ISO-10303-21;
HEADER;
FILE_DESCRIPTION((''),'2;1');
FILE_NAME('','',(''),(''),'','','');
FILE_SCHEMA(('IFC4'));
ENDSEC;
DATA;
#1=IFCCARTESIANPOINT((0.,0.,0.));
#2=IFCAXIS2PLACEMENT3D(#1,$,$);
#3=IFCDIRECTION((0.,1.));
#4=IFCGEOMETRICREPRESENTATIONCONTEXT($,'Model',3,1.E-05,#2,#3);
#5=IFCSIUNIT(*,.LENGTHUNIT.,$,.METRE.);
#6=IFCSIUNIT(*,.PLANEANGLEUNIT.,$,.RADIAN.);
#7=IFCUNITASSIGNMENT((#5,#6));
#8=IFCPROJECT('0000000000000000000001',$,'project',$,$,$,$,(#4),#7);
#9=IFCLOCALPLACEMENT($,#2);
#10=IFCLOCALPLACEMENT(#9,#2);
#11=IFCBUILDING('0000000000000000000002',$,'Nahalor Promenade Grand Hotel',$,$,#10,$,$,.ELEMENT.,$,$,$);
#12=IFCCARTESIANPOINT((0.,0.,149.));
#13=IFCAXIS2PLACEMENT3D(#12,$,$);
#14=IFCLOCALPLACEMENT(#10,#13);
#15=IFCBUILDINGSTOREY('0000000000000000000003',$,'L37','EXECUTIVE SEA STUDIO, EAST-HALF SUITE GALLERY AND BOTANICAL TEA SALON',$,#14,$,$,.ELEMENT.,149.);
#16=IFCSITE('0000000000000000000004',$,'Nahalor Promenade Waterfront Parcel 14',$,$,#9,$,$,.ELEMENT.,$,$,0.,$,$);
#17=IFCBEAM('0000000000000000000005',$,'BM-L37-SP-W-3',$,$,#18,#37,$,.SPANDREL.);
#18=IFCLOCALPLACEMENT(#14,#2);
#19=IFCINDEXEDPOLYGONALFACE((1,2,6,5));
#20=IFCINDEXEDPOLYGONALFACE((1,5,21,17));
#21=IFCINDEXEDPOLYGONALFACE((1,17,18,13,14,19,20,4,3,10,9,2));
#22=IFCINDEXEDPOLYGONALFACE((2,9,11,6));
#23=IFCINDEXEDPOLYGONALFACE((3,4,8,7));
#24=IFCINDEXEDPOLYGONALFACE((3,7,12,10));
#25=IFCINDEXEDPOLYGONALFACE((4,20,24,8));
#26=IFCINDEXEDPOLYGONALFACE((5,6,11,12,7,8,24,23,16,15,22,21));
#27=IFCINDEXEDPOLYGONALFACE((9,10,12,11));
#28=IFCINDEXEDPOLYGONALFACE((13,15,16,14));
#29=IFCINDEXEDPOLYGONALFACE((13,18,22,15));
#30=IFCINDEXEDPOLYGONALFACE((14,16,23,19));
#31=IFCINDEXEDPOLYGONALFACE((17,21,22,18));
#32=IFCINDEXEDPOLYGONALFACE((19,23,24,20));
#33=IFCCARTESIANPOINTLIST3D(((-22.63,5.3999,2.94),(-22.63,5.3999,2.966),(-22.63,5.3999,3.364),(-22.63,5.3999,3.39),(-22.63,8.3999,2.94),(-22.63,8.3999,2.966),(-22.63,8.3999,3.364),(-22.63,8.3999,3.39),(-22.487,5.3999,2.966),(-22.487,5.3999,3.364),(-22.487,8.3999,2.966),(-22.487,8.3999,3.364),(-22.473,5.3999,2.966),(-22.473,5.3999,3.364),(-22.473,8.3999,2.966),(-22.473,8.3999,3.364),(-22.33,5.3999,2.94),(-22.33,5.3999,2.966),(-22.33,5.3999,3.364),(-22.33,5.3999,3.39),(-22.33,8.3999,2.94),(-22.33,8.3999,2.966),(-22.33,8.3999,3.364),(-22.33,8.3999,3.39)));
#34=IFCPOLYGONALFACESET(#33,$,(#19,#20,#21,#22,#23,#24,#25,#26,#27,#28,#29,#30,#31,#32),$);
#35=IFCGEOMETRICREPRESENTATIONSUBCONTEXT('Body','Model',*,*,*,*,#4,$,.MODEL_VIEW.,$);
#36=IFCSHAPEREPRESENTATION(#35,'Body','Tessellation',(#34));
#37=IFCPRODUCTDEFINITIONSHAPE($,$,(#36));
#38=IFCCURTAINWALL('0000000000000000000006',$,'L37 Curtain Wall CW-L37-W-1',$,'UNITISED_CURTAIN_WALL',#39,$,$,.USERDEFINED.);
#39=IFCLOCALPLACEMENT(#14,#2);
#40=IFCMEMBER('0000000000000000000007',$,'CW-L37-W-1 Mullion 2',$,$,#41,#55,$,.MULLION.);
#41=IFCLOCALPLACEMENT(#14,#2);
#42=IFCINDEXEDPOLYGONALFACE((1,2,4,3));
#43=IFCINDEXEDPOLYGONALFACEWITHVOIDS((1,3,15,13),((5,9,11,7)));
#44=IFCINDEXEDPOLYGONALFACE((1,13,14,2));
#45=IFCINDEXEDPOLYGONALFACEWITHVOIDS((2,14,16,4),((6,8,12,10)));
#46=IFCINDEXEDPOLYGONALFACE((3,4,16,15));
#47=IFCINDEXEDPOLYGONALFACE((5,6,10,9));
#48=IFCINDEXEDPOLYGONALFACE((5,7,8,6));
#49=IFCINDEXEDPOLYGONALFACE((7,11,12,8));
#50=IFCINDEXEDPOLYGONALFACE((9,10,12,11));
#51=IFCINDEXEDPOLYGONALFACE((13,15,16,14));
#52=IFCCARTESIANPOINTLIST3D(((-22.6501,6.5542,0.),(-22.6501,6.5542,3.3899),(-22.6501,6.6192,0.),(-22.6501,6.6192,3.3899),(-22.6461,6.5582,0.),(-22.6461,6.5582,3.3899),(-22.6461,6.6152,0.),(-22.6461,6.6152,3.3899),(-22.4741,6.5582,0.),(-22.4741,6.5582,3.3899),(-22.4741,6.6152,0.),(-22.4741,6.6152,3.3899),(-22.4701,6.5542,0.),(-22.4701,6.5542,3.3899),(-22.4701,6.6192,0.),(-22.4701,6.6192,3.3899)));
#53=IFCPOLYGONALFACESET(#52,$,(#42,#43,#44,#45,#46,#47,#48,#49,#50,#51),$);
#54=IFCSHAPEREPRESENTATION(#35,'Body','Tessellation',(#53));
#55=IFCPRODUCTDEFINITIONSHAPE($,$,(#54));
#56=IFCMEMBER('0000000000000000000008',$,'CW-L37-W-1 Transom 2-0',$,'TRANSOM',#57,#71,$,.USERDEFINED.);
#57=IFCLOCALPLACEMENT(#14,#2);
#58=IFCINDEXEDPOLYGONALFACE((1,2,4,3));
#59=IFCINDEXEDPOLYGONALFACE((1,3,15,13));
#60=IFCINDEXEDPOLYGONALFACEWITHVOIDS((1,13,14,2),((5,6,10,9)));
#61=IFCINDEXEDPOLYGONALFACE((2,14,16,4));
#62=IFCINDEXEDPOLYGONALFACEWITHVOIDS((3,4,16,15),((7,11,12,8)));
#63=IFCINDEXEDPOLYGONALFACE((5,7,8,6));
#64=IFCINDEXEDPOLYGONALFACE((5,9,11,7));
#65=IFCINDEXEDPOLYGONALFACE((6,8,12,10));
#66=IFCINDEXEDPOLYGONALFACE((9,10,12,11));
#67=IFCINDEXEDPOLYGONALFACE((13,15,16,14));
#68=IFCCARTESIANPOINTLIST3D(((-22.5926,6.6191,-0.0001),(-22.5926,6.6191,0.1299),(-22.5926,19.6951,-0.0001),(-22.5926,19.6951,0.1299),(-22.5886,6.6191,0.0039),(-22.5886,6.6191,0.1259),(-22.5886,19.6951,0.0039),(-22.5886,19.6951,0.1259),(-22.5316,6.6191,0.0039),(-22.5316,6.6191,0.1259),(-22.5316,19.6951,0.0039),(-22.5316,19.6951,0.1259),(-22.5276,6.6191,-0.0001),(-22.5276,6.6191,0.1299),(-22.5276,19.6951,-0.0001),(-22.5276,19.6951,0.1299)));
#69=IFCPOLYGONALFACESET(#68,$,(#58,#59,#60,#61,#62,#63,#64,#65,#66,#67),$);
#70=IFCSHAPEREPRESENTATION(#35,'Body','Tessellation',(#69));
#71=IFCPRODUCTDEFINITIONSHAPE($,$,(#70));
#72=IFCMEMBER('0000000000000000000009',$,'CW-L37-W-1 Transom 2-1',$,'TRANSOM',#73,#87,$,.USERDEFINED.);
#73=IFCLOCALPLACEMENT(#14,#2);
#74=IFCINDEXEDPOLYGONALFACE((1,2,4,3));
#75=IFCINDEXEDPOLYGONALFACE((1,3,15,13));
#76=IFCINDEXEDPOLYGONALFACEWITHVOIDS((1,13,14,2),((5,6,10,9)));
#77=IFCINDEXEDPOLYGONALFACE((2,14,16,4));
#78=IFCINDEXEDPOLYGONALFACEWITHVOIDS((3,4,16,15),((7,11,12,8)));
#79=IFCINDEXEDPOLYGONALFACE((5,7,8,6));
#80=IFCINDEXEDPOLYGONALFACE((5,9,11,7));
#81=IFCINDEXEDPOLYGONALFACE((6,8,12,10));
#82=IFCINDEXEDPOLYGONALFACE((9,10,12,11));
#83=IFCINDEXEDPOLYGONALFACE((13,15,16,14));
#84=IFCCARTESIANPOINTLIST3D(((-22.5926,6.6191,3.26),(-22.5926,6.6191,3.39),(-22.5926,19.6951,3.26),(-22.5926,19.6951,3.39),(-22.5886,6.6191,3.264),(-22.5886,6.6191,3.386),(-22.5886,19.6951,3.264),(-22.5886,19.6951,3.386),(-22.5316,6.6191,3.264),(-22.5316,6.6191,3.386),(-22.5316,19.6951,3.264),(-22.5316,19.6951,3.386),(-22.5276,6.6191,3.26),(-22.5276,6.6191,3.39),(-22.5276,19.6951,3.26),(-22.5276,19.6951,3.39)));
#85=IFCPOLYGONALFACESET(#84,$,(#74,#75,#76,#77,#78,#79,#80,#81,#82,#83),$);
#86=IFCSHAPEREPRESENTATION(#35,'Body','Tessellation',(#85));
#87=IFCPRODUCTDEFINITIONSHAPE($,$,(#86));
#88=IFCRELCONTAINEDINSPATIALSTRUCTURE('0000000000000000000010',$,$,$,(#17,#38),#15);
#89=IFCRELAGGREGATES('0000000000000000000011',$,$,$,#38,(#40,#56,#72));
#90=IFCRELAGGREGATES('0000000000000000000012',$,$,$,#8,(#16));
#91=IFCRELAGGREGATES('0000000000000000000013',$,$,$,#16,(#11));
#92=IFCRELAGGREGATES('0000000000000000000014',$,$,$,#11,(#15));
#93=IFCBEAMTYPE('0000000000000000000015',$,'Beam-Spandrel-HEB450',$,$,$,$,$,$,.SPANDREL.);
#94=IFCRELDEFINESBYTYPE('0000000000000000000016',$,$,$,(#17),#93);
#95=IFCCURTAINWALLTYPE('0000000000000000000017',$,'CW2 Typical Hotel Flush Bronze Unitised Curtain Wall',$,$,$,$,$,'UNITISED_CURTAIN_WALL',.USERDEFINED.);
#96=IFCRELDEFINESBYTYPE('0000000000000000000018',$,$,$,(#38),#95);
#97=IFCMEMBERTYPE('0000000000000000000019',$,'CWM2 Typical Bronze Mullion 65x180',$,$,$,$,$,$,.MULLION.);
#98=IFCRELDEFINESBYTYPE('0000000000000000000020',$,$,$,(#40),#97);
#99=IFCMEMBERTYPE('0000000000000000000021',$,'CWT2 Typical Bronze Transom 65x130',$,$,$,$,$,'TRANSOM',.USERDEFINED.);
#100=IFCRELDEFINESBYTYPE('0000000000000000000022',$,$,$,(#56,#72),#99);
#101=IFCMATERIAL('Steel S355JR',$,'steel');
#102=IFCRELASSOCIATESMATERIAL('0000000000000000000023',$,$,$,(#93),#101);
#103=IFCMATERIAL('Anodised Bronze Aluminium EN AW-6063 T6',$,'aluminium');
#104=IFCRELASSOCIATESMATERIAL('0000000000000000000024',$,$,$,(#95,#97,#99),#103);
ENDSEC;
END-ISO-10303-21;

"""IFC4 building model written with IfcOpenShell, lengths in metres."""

from ifc_helpers import new_model, si_unit, direction, frame, origin, origin_2d, place, context, subcontext, project, spatial, hollow_rectangle, i_section, extrude, source, transform, mapped, material, material_profile, profile_set, type_object, element, aggregate, save


model = new_model("IFC4")

# Units and contexts
model_context = context("Model", 3, precision=1e-05, world=origin(), true_north=direction((0.0, 1.0)))
body_context = subcontext(model_context, "Body", "Model", "MODEL_VIEW")
ifc_project = project(units=[si_unit("LENGTHUNIT", "METRE"), si_unit("PLANEANGLEUNIT", "RADIAN")], contexts=[model_context])

# Site, building, storey
site_placement = place(None, origin())
site = spatial("IfcSite", under=ifc_project, at=site_placement, Name="Nahalor Promenade Waterfront Parcel 14", CompositionType="ELEMENT", RefElevation=0.0)
building_placement = place(site_placement, origin())
building = spatial("IfcBuilding", under=site, at=building_placement, Name="Nahalor Promenade Grand Hotel", CompositionType="ELEMENT")
storey_placement = place(building_placement, frame((0.0, 0.0, 149.0)))
storey = spatial("IfcBuildingStorey", under=building, at=storey_placement, Name="L37", Description="EXECUTIVE SEA STUDIO, EAST-HALF SUITE GALLERY AND BOTANICAL TEA SALON", CompositionType="ELEMENT", Elevation=149.0)

# Beam
ifc_material_1 = material(Name="Steel S355JR", Category="steel")
ifc_material_profile_1 = material_profile(ifc_material_1, i_section(OverallWidth=0.3, OverallDepth=0.45, WebThickness=0.014, FlangeThickness=0.026, at=origin_2d()), Name="HEB 450")
ifc_profile_set_1 = profile_set([ifc_material_profile_1], Name="Steel S355JR")
beam_type_1 = type_object("IfcBeamType", Name="Beam-Spandrel-HEB450", PredefinedType="SPANDREL", material=ifc_profile_set_1)
shared_shape_1 = source(origin(), body_context, "Body", "SweptSolid", [
    extrude(i_section(OverallWidth=0.3, OverallDepth=0.45, WebThickness=0.014, FlangeThickness=0.026, at=origin_2d()), origin(), (0.0, 0.0, 1.0), 3.0),
])
beam_1_placement = place(storey_placement, frame((-22.48, 5.3999, 3.165), z_axis=(0.0, 1.0, 0.0), x_axis=(-1.0, 0.0, 0.0)))
element("IfcBeam", 1, at=beam_1_placement, inside=storey, type_object=beam_type_1, Name="BM-L37-SP-W-3", PredefinedType="SPANDREL", context=body_context, shape_type="MappedRepresentation", body=[
    mapped(shared_shape_1, transform((0.0, 0.0, 0.0), scale=1.0)),
])

# Curtain wall, members
ifc_material_2 = material(Name="Anodised Bronze Aluminium EN AW-6063 T6", Category="aluminium")
curtain_wall_type = type_object("IfcCurtainWallType", Name="CW2 Typical Hotel Flush Bronze Unitised Curtain Wall", ElementType="UNITISED_CURTAIN_WALL", PredefinedType="USERDEFINED", material=ifc_material_2)
curtain_wall_placement = place(storey_placement, origin())
curtain_wall = element("IfcCurtainWall", 2, at=curtain_wall_placement, inside=storey, type_object=curtain_wall_type, Name="L37 Curtain Wall CW-L37-W-1", ObjectType="UNITISED_CURTAIN_WALL", PredefinedType="USERDEFINED")
ifc_material_profile_2 = material_profile(ifc_material_2, hollow_rectangle(XDim=0.065, YDim=0.18, WallThickness=0.004, at=origin_2d()), Name="CWM 65x180x4")
ifc_profile_set_2 = profile_set([ifc_material_profile_2], Name="Anodised Bronze Aluminium EN AW-6063 T6")
member_type_1 = type_object("IfcMemberType", Name="CWM2 Typical Bronze Mullion 65x180", PredefinedType="MULLION", material=ifc_profile_set_2)
shared_shape_2 = source(origin(), body_context, "Body", "SweptSolid", [
    extrude(hollow_rectangle(XDim=0.065, YDim=0.18, WallThickness=0.004, at=origin_2d()), origin(), (0.0, 0.0, 1.0), 3.3899),
])
member_1_placement = place(storey_placement, frame((-22.5601, 6.5867, 0.0), z_axis=(0.0, 0.0, 1.0), x_axis=(0.0, 1.0, 0.0)))
member_1 = element("IfcMember", 3, at=member_1_placement, type_object=member_type_1, Name="CW-L37-W-1 Mullion 2", PredefinedType="MULLION", context=body_context, shape_type="MappedRepresentation", body=[
    mapped(shared_shape_2, transform((0.0, 0.0, 0.0), scale=1.0)),
])
ifc_material_profile_3 = material_profile(ifc_material_2, hollow_rectangle(XDim=0.065, YDim=0.13, WallThickness=0.004, at=origin_2d()), Name="CWT 65x130x4")
ifc_profile_set_3 = profile_set([ifc_material_profile_3], Name="Anodised Bronze Aluminium EN AW-6063 T6")
member_type_2 = type_object("IfcMemberType", Name="CWT2 Typical Bronze Transom 65x130", ElementType="TRANSOM", PredefinedType="USERDEFINED", material=ifc_profile_set_3)
shared_shape_3 = source(origin(), body_context, "Body", "SweptSolid", [
    extrude(hollow_rectangle(XDim=0.065, YDim=0.13, WallThickness=0.004, at=origin_2d()), origin(), (0.0, 0.0, 1.0), 13.0759),
])
member_2_placement = place(storey_placement, frame((-22.5601, 6.6191, 0.0649), z_axis=(0.0, 1.0, 0.0), x_axis=(-1.0, 0.0, 0.0)))
member_2 = element("IfcMember", 4, at=member_2_placement, type_object=member_type_2, Name="CW-L37-W-1 Transom 2-0", ObjectType="TRANSOM", PredefinedType="USERDEFINED", context=body_context, shape_type="MappedRepresentation", body=[
    mapped(shared_shape_3, transform((0.0, 0.0, 0.0), scale=1.0)),
])
member_3_placement = place(storey_placement, frame((-22.5601, 6.6191, 3.325), z_axis=(0.0, 1.0, 0.0), x_axis=(-1.0, 0.0, 0.0)))
member_3 = element("IfcMember", 5, at=member_3_placement, type_object=member_type_2, Name="CW-L37-W-1 Transom 2-1", ObjectType="TRANSOM", PredefinedType="USERDEFINED", context=body_context, shape_type="MappedRepresentation", body=[
    mapped(shared_shape_3, transform((0.0, 0.0, 0.0), scale=1.0)),
])
aggregate(curtain_wall, [member_1, member_2, member_3])

save(model, "model.ifc")
